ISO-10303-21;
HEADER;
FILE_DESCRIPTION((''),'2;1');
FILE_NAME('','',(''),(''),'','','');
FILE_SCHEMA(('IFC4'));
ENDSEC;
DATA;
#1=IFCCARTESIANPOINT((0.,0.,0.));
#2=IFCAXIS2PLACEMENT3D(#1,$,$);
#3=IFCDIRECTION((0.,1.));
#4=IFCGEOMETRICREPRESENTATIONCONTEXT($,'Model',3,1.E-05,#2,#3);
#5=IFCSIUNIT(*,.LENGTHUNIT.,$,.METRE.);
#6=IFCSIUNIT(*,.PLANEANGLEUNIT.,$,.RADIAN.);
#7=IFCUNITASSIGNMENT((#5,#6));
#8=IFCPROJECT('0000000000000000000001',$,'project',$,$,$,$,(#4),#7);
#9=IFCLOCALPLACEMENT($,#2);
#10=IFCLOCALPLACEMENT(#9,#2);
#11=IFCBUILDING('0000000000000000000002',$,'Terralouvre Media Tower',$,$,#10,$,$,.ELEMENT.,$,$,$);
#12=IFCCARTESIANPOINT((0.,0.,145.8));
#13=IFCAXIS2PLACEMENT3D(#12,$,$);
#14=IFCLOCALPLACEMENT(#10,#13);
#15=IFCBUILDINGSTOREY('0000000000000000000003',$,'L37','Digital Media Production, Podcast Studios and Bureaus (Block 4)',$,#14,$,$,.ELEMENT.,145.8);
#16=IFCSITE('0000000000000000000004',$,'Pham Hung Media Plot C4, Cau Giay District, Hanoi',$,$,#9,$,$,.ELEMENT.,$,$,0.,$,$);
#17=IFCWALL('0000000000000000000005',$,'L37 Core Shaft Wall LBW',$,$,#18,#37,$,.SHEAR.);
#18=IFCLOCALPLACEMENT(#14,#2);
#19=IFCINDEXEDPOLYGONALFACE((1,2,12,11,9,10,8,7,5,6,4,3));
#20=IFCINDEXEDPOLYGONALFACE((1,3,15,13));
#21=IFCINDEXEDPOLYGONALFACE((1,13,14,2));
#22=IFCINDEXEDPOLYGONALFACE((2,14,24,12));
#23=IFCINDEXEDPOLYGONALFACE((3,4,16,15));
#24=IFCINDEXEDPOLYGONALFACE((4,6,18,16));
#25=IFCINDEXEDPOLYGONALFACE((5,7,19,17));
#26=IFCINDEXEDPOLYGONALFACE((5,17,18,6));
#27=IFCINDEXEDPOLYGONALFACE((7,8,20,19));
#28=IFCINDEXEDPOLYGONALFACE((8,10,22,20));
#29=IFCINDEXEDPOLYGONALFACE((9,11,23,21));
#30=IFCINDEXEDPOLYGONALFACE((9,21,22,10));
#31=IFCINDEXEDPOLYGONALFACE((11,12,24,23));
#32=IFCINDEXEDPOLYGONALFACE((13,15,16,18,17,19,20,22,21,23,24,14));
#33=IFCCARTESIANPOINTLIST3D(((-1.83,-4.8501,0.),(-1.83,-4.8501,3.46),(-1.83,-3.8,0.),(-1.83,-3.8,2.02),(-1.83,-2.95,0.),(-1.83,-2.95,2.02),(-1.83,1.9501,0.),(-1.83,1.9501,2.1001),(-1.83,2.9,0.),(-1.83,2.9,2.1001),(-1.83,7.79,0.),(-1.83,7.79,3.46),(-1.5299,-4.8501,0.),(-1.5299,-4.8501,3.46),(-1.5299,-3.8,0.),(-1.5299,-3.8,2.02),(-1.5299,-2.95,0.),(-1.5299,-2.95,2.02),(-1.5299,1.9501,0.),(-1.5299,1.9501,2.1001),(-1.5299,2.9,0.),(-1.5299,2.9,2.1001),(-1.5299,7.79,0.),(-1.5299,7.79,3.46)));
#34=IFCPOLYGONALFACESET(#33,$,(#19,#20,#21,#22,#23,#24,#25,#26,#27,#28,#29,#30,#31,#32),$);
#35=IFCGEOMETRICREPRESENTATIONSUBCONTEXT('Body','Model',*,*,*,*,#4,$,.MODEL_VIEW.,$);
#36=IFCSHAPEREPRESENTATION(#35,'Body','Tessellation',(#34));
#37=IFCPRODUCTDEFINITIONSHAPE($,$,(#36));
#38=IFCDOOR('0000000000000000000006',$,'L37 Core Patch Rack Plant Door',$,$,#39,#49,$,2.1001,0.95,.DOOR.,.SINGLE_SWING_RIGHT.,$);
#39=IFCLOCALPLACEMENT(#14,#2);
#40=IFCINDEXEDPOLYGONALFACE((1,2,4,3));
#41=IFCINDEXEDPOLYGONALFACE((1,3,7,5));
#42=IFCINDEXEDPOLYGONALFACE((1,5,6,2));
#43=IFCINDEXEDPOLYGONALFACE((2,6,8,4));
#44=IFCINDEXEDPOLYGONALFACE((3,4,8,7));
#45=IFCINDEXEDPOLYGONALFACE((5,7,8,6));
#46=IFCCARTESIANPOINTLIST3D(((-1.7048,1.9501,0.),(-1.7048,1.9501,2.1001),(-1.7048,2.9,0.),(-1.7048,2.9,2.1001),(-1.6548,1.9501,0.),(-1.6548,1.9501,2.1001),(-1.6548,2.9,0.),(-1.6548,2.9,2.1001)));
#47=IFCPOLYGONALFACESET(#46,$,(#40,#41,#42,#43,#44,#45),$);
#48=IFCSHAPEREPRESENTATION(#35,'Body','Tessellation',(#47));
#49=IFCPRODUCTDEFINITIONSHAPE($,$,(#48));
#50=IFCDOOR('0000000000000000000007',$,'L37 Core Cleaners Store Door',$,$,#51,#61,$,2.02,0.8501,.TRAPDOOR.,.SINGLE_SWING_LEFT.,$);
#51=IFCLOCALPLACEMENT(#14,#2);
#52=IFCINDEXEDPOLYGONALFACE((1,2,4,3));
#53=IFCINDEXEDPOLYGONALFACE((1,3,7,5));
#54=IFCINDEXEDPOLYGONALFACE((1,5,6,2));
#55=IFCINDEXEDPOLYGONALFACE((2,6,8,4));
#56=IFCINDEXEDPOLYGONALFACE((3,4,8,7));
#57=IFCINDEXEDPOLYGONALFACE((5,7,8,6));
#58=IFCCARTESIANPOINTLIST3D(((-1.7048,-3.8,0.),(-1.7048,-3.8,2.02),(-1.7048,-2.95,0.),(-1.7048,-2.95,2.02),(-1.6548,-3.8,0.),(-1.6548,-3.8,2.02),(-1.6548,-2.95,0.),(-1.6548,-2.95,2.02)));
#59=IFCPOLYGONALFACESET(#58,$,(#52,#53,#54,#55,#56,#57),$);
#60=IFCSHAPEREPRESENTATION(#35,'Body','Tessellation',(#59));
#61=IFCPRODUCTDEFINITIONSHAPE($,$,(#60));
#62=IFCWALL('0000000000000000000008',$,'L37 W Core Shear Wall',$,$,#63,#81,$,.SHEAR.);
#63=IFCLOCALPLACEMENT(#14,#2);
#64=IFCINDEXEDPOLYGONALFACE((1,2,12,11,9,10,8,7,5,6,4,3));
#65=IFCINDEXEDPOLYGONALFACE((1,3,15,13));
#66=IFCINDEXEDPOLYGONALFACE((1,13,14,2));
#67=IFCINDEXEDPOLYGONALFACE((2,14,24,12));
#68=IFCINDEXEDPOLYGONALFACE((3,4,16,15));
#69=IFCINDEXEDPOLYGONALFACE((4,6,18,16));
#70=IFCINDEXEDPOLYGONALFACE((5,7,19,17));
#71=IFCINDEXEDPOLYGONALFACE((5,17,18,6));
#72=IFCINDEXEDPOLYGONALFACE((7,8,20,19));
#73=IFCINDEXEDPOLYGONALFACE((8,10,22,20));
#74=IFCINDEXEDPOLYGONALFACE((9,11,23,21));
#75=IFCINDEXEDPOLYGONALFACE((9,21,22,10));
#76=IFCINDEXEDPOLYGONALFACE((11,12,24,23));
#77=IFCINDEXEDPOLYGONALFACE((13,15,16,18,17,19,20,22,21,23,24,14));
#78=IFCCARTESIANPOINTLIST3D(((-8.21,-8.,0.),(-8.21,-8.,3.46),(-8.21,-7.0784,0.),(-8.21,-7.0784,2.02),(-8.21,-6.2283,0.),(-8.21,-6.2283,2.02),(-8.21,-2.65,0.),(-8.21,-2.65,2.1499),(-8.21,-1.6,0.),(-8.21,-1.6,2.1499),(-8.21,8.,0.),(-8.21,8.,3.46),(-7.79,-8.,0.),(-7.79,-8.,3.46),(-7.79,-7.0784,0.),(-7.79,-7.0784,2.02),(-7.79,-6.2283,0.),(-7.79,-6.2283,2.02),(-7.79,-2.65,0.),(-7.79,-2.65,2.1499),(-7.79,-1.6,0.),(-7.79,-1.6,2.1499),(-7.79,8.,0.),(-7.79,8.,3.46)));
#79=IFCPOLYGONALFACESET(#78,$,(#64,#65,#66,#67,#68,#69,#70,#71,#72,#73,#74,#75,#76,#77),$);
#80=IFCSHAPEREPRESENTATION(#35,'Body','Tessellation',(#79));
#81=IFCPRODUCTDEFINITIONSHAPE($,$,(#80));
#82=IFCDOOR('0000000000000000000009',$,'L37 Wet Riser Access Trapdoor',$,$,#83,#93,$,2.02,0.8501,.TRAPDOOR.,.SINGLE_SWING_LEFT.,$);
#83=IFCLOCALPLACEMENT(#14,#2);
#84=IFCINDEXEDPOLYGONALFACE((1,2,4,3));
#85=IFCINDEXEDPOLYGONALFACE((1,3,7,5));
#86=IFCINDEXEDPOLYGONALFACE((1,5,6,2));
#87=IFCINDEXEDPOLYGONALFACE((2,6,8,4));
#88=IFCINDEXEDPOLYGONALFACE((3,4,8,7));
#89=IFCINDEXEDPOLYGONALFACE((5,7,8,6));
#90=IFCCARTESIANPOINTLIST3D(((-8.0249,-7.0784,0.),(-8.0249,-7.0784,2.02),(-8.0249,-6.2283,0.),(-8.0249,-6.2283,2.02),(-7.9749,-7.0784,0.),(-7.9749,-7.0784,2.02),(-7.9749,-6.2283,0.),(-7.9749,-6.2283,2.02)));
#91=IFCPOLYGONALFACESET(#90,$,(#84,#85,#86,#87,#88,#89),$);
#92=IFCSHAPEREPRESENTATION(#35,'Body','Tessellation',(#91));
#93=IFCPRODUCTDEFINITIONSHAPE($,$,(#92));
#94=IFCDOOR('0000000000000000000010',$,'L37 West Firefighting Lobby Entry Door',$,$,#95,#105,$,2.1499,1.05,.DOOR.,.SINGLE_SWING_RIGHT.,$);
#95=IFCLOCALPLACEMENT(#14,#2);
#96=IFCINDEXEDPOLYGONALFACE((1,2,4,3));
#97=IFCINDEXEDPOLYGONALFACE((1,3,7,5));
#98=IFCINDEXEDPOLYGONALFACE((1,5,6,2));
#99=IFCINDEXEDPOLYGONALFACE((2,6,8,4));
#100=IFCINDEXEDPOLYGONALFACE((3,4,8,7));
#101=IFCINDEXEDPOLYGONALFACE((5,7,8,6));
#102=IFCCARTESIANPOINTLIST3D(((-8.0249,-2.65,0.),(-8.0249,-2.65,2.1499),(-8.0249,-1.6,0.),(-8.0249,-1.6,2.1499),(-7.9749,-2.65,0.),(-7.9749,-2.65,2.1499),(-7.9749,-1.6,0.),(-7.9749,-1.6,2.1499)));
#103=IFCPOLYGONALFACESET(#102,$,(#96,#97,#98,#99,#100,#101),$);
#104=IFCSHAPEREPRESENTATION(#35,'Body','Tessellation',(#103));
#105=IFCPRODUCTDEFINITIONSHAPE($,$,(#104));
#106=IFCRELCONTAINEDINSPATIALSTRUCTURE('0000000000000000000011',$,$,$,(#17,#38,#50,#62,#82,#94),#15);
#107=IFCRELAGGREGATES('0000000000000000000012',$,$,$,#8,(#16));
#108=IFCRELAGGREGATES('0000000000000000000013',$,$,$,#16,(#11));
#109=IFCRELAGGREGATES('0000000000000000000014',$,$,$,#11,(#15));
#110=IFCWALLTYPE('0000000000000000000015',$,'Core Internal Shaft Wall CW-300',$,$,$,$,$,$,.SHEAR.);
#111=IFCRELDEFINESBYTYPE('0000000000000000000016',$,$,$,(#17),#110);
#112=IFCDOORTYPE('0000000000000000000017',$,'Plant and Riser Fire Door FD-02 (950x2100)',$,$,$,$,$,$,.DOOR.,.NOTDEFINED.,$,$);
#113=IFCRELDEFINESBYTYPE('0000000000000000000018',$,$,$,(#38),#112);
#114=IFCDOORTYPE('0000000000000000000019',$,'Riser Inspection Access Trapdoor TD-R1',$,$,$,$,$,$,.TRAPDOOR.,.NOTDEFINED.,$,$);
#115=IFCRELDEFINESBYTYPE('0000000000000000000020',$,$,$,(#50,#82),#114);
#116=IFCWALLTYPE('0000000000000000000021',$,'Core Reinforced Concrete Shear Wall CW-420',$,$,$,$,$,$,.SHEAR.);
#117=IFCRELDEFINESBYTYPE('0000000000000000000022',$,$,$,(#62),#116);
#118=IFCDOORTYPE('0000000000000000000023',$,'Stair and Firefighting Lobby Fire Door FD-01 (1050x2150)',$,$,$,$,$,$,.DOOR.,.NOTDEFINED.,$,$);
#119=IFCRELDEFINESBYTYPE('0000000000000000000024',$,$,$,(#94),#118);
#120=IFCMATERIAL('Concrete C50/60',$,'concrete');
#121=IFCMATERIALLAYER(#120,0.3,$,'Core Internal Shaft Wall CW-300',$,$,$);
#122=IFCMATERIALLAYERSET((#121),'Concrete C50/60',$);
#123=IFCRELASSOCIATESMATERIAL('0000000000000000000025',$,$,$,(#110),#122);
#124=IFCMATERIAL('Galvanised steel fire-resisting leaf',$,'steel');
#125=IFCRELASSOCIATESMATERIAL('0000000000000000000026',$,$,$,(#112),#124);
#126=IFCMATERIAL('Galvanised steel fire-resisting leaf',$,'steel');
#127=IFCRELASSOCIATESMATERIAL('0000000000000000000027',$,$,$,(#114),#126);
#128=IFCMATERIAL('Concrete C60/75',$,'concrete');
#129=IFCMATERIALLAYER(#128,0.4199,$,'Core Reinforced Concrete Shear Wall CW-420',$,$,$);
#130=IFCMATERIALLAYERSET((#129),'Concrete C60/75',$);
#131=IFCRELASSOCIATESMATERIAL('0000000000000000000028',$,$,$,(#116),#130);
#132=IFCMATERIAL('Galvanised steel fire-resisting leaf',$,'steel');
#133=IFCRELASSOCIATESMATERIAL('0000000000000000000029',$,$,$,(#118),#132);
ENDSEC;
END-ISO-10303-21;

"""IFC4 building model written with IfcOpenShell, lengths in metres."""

from ifc_helpers import new_model, si_unit, direction, frame, frame_2d, origin, place, context, subcontext, project, spatial, rectangle, extrude, material, layer, layer_set, type_object, element, fill, save


model = new_model("IFC4")

# Units and contexts
model_context = context("Model", 3, precision=1e-05, world=origin(), true_north=direction((0.0, 1.0)))
body_context = subcontext(model_context, "Body", "Model", "MODEL_VIEW")
ifc_project = project(units=[si_unit("LENGTHUNIT", "METRE"), si_unit("PLANEANGLEUNIT", "RADIAN")], contexts=[model_context])

# Site, building, storey
site_placement = place(None, origin())
site = spatial("IfcSite", under=ifc_project, at=site_placement, Name="Pham Hung Media Plot C4, Cau Giay District, Hanoi", CompositionType="ELEMENT", RefElevation=0.0)
building_placement = place(site_placement, origin())
building = spatial("IfcBuilding", under=site, at=building_placement, Name="Terralouvre Media Tower", CompositionType="ELEMENT")
storey_placement = place(building_placement, frame((0.0, 0.0, 145.8)))
storey = spatial("IfcBuildingStorey", under=building, at=storey_placement, Name="L37", Description="Digital Media Production, Podcast Studios and Bureaus (Block 4)", CompositionType="ELEMENT", Elevation=145.8)

# Shared definitions
ifc_material_1 = material(Name="Concrete C50/60", Category="concrete")
ifc_layer_1 = layer(ifc_material_1, 0.3, Name="Core Internal Shaft Wall CW-300")
ifc_layer_set_1 = layer_set([ifc_layer_1], Name="Concrete C50/60")
wall_type_1 = type_object("IfcWallType", Name="Core Internal Shaft Wall CW-300", PredefinedType="SHEAR", material=ifc_layer_set_1)

# Walls, openings, doors
wall_1_placement = place(storey_placement, frame((-1.6799, -4.8501, 0.0), z_axis=(0.0, 0.0, 1.0), x_axis=(0.0, 1.0, 0.0)))
wall_1 = element("IfcWall", 1, at=wall_1_placement, inside=storey, type_object=wall_type_1, Name="L37 Core Shaft Wall LBW", PredefinedType="SHEAR", context=body_context, shape_type="SweptSolid", body=[
    extrude(rectangle(XDim=12.6401, YDim=0.3, at=frame_2d((6.3201, 0.0))), origin(), (0.0, 0.0, 1.0), 3.46),
])
opening_1_placement = place(wall_1_placement, frame((1.05, 0.0, 0.0)))
opening_1 = element("IfcOpeningElement", 2, at=opening_1_placement, cuts=wall_1, PredefinedType="OPENING", context=body_context, shape_type="SweptSolid", body=[
    extrude(rectangle(XDim=0.8501, YDim=2.02, at=frame_2d((0.425, 1.01))), frame((0.0, 0.1599, 0.0), z_axis=(0.0, -1.0, 0.0), x_axis=(1.0, 0.0, 0.0)), (0.0, 0.0, 1.0), 0.3201),
])
opening_2_placement = place(wall_1_placement, frame((6.8, 0.0, 0.0)))
opening_2 = element("IfcOpeningElement", 3, at=opening_2_placement, cuts=wall_1, PredefinedType="OPENING", context=body_context, shape_type="SweptSolid", body=[
    extrude(rectangle(XDim=0.95, YDim=2.1001, at=frame_2d((0.4751, 1.05))), frame((0.0, 0.1599, 0.0), z_axis=(0.0, -1.0, 0.0), x_axis=(1.0, 0.0, 0.0)), (0.0, 0.0, 1.0), 0.3201),
])
ifc_material_2 = material(Name="Galvanised steel fire-resisting leaf", Category="steel")
door_type_1 = type_object("IfcDoorType", Name="Plant and Riser Fire Door FD-02 (950x2100)", OperationType="NOTDEFINED", PredefinedType="DOOR", material=ifc_material_2)
door_1_placement = place(opening_2_placement, origin())
door_1 = element("IfcDoor", 4, at=door_1_placement, inside=storey, type_object=door_type_1, Name="L37 Core Patch Rack Plant Door", OperationType="SINGLE_SWING_RIGHT", OverallHeight=2.1001, OverallWidth=0.95, PredefinedType="DOOR", context=body_context, shape_type="SweptSolid", body=[
    extrude(rectangle(XDim=0.95, YDim=2.1001, at=frame_2d((0.4751, 1.05))), frame((0.0, 0.0249, 0.0), z_axis=(0.0, -1.0, 0.0), x_axis=(1.0, 0.0, 0.0)), (0.0, 0.0, 1.0), 0.05),
])
fill(opening_2, door_1)
ifc_material_3 = material(Name="Galvanised steel fire-resisting leaf", Category="steel")
door_type_2 = type_object("IfcDoorType", Name="Riser Inspection Access Trapdoor TD-R1", OperationType="NOTDEFINED", PredefinedType="TRAPDOOR", material=ifc_material_3)
door_2_placement = place(opening_1_placement, origin())
door_2 = element("IfcDoor", 5, at=door_2_placement, inside=storey, type_object=door_type_2, Name="L37 Core Cleaners Store Door", OperationType="SINGLE_SWING_LEFT", OverallHeight=2.02, OverallWidth=0.8501, PredefinedType="TRAPDOOR", context=body_context, shape_type="SweptSolid", body=[
    extrude(rectangle(XDim=0.8501, YDim=2.02, at=frame_2d((0.425, 1.01))), frame((0.0, 0.0249, 0.0), z_axis=(0.0, -1.0, 0.0), x_axis=(1.0, 0.0, 0.0)), (0.0, 0.0, 1.0), 0.05),
])
fill(opening_1, door_2)
ifc_material_4 = material(Name="Concrete C60/75", Category="concrete")
ifc_layer_2 = layer(ifc_material_4, 0.4199, Name="Core Reinforced Concrete Shear Wall CW-420")
ifc_layer_set_2 = layer_set([ifc_layer_2], Name="Concrete C60/75")
wall_type_2 = type_object("IfcWallType", Name="Core Reinforced Concrete Shear Wall CW-420", PredefinedType="SHEAR", material=ifc_layer_set_2)
wall_2_placement = place(storey_placement, frame((-8.0, -8.0, 0.0), z_axis=(0.0, 0.0, 1.0), x_axis=(0.0, 1.0, 0.0)))
wall_2 = element("IfcWall", 6, at=wall_2_placement, inside=storey, type_object=wall_type_2, Name="L37 W Core Shear Wall", PredefinedType="SHEAR", context=body_context, shape_type="SweptSolid", body=[
    extrude(rectangle(XDim=16.0, YDim=0.4199, at=frame_2d((8.0, 0.0))), origin(), (0.0, 0.0, 1.0), 3.46),
])
opening_3_placement = place(wall_2_placement, frame((0.9216, 0.0, 0.0)))
opening_3 = element("IfcOpeningElement", 7, at=opening_3_placement, cuts=wall_2, PredefinedType="OPENING", context=body_context, shape_type="SweptSolid", body=[
    extrude(rectangle(XDim=0.8501, YDim=2.02, at=frame_2d((0.425, 1.01))), frame((0.0, 0.22, 0.0), z_axis=(0.0, -1.0, 0.0), x_axis=(1.0, 0.0, 0.0)), (0.0, 0.0, 1.0), 0.4399),
])
opening_4_placement = place(wall_2_placement, frame((5.3501, 0.0, 0.0)))
opening_4 = element("IfcOpeningElement", 8, at=opening_4_placement, cuts=wall_2, PredefinedType="OPENING", context=body_context, shape_type="SweptSolid", body=[
    extrude(rectangle(XDim=1.05, YDim=2.1499, at=frame_2d((0.5249, 1.075))), frame((0.0, 0.22, 0.0), z_axis=(0.0, -1.0, 0.0), x_axis=(1.0, 0.0, 0.0)), (0.0, 0.0, 1.0), 0.4399),
])
door_3_placement = place(opening_3_placement, origin())
door_3 = element("IfcDoor", 9, at=door_3_placement, inside=storey, type_object=door_type_2, Name="L37 Wet Riser Access Trapdoor", OperationType="SINGLE_SWING_LEFT", OverallHeight=2.02, OverallWidth=0.8501, PredefinedType="TRAPDOOR", context=body_context, shape_type="SweptSolid", body=[
    extrude(rectangle(XDim=0.8501, YDim=2.02, at=frame_2d((0.425, 1.01))), frame((0.0, 0.0249, 0.0), z_axis=(0.0, -1.0, 0.0), x_axis=(1.0, 0.0, 0.0)), (0.0, 0.0, 1.0), 0.05),
])
fill(opening_3, door_3)
ifc_material_5 = material(Name="Galvanised steel fire-resisting leaf", Category="steel")
door_type_3 = type_object("IfcDoorType", Name="Stair and Firefighting Lobby Fire Door FD-01 (1050x2150)", OperationType="NOTDEFINED", PredefinedType="DOOR", material=ifc_material_5)
door_4_placement = place(opening_4_placement, origin())
door_4 = element("IfcDoor", 10, at=door_4_placement, inside=storey, type_object=door_type_3, Name="L37 West Firefighting Lobby Entry Door", OperationType="SINGLE_SWING_RIGHT", OverallHeight=2.1499, OverallWidth=1.05, PredefinedType="DOOR", context=body_context, shape_type="SweptSolid", body=[
    extrude(rectangle(XDim=1.05, YDim=2.1499, at=frame_2d((0.5249, 1.075))), frame((0.0, 0.0249, 0.0), z_axis=(0.0, -1.0, 0.0), x_axis=(1.0, 0.0, 0.0)), (0.0, 0.0, 1.0), 0.05),
])
fill(opening_4, door_4)

save(model, "model.ifc")
